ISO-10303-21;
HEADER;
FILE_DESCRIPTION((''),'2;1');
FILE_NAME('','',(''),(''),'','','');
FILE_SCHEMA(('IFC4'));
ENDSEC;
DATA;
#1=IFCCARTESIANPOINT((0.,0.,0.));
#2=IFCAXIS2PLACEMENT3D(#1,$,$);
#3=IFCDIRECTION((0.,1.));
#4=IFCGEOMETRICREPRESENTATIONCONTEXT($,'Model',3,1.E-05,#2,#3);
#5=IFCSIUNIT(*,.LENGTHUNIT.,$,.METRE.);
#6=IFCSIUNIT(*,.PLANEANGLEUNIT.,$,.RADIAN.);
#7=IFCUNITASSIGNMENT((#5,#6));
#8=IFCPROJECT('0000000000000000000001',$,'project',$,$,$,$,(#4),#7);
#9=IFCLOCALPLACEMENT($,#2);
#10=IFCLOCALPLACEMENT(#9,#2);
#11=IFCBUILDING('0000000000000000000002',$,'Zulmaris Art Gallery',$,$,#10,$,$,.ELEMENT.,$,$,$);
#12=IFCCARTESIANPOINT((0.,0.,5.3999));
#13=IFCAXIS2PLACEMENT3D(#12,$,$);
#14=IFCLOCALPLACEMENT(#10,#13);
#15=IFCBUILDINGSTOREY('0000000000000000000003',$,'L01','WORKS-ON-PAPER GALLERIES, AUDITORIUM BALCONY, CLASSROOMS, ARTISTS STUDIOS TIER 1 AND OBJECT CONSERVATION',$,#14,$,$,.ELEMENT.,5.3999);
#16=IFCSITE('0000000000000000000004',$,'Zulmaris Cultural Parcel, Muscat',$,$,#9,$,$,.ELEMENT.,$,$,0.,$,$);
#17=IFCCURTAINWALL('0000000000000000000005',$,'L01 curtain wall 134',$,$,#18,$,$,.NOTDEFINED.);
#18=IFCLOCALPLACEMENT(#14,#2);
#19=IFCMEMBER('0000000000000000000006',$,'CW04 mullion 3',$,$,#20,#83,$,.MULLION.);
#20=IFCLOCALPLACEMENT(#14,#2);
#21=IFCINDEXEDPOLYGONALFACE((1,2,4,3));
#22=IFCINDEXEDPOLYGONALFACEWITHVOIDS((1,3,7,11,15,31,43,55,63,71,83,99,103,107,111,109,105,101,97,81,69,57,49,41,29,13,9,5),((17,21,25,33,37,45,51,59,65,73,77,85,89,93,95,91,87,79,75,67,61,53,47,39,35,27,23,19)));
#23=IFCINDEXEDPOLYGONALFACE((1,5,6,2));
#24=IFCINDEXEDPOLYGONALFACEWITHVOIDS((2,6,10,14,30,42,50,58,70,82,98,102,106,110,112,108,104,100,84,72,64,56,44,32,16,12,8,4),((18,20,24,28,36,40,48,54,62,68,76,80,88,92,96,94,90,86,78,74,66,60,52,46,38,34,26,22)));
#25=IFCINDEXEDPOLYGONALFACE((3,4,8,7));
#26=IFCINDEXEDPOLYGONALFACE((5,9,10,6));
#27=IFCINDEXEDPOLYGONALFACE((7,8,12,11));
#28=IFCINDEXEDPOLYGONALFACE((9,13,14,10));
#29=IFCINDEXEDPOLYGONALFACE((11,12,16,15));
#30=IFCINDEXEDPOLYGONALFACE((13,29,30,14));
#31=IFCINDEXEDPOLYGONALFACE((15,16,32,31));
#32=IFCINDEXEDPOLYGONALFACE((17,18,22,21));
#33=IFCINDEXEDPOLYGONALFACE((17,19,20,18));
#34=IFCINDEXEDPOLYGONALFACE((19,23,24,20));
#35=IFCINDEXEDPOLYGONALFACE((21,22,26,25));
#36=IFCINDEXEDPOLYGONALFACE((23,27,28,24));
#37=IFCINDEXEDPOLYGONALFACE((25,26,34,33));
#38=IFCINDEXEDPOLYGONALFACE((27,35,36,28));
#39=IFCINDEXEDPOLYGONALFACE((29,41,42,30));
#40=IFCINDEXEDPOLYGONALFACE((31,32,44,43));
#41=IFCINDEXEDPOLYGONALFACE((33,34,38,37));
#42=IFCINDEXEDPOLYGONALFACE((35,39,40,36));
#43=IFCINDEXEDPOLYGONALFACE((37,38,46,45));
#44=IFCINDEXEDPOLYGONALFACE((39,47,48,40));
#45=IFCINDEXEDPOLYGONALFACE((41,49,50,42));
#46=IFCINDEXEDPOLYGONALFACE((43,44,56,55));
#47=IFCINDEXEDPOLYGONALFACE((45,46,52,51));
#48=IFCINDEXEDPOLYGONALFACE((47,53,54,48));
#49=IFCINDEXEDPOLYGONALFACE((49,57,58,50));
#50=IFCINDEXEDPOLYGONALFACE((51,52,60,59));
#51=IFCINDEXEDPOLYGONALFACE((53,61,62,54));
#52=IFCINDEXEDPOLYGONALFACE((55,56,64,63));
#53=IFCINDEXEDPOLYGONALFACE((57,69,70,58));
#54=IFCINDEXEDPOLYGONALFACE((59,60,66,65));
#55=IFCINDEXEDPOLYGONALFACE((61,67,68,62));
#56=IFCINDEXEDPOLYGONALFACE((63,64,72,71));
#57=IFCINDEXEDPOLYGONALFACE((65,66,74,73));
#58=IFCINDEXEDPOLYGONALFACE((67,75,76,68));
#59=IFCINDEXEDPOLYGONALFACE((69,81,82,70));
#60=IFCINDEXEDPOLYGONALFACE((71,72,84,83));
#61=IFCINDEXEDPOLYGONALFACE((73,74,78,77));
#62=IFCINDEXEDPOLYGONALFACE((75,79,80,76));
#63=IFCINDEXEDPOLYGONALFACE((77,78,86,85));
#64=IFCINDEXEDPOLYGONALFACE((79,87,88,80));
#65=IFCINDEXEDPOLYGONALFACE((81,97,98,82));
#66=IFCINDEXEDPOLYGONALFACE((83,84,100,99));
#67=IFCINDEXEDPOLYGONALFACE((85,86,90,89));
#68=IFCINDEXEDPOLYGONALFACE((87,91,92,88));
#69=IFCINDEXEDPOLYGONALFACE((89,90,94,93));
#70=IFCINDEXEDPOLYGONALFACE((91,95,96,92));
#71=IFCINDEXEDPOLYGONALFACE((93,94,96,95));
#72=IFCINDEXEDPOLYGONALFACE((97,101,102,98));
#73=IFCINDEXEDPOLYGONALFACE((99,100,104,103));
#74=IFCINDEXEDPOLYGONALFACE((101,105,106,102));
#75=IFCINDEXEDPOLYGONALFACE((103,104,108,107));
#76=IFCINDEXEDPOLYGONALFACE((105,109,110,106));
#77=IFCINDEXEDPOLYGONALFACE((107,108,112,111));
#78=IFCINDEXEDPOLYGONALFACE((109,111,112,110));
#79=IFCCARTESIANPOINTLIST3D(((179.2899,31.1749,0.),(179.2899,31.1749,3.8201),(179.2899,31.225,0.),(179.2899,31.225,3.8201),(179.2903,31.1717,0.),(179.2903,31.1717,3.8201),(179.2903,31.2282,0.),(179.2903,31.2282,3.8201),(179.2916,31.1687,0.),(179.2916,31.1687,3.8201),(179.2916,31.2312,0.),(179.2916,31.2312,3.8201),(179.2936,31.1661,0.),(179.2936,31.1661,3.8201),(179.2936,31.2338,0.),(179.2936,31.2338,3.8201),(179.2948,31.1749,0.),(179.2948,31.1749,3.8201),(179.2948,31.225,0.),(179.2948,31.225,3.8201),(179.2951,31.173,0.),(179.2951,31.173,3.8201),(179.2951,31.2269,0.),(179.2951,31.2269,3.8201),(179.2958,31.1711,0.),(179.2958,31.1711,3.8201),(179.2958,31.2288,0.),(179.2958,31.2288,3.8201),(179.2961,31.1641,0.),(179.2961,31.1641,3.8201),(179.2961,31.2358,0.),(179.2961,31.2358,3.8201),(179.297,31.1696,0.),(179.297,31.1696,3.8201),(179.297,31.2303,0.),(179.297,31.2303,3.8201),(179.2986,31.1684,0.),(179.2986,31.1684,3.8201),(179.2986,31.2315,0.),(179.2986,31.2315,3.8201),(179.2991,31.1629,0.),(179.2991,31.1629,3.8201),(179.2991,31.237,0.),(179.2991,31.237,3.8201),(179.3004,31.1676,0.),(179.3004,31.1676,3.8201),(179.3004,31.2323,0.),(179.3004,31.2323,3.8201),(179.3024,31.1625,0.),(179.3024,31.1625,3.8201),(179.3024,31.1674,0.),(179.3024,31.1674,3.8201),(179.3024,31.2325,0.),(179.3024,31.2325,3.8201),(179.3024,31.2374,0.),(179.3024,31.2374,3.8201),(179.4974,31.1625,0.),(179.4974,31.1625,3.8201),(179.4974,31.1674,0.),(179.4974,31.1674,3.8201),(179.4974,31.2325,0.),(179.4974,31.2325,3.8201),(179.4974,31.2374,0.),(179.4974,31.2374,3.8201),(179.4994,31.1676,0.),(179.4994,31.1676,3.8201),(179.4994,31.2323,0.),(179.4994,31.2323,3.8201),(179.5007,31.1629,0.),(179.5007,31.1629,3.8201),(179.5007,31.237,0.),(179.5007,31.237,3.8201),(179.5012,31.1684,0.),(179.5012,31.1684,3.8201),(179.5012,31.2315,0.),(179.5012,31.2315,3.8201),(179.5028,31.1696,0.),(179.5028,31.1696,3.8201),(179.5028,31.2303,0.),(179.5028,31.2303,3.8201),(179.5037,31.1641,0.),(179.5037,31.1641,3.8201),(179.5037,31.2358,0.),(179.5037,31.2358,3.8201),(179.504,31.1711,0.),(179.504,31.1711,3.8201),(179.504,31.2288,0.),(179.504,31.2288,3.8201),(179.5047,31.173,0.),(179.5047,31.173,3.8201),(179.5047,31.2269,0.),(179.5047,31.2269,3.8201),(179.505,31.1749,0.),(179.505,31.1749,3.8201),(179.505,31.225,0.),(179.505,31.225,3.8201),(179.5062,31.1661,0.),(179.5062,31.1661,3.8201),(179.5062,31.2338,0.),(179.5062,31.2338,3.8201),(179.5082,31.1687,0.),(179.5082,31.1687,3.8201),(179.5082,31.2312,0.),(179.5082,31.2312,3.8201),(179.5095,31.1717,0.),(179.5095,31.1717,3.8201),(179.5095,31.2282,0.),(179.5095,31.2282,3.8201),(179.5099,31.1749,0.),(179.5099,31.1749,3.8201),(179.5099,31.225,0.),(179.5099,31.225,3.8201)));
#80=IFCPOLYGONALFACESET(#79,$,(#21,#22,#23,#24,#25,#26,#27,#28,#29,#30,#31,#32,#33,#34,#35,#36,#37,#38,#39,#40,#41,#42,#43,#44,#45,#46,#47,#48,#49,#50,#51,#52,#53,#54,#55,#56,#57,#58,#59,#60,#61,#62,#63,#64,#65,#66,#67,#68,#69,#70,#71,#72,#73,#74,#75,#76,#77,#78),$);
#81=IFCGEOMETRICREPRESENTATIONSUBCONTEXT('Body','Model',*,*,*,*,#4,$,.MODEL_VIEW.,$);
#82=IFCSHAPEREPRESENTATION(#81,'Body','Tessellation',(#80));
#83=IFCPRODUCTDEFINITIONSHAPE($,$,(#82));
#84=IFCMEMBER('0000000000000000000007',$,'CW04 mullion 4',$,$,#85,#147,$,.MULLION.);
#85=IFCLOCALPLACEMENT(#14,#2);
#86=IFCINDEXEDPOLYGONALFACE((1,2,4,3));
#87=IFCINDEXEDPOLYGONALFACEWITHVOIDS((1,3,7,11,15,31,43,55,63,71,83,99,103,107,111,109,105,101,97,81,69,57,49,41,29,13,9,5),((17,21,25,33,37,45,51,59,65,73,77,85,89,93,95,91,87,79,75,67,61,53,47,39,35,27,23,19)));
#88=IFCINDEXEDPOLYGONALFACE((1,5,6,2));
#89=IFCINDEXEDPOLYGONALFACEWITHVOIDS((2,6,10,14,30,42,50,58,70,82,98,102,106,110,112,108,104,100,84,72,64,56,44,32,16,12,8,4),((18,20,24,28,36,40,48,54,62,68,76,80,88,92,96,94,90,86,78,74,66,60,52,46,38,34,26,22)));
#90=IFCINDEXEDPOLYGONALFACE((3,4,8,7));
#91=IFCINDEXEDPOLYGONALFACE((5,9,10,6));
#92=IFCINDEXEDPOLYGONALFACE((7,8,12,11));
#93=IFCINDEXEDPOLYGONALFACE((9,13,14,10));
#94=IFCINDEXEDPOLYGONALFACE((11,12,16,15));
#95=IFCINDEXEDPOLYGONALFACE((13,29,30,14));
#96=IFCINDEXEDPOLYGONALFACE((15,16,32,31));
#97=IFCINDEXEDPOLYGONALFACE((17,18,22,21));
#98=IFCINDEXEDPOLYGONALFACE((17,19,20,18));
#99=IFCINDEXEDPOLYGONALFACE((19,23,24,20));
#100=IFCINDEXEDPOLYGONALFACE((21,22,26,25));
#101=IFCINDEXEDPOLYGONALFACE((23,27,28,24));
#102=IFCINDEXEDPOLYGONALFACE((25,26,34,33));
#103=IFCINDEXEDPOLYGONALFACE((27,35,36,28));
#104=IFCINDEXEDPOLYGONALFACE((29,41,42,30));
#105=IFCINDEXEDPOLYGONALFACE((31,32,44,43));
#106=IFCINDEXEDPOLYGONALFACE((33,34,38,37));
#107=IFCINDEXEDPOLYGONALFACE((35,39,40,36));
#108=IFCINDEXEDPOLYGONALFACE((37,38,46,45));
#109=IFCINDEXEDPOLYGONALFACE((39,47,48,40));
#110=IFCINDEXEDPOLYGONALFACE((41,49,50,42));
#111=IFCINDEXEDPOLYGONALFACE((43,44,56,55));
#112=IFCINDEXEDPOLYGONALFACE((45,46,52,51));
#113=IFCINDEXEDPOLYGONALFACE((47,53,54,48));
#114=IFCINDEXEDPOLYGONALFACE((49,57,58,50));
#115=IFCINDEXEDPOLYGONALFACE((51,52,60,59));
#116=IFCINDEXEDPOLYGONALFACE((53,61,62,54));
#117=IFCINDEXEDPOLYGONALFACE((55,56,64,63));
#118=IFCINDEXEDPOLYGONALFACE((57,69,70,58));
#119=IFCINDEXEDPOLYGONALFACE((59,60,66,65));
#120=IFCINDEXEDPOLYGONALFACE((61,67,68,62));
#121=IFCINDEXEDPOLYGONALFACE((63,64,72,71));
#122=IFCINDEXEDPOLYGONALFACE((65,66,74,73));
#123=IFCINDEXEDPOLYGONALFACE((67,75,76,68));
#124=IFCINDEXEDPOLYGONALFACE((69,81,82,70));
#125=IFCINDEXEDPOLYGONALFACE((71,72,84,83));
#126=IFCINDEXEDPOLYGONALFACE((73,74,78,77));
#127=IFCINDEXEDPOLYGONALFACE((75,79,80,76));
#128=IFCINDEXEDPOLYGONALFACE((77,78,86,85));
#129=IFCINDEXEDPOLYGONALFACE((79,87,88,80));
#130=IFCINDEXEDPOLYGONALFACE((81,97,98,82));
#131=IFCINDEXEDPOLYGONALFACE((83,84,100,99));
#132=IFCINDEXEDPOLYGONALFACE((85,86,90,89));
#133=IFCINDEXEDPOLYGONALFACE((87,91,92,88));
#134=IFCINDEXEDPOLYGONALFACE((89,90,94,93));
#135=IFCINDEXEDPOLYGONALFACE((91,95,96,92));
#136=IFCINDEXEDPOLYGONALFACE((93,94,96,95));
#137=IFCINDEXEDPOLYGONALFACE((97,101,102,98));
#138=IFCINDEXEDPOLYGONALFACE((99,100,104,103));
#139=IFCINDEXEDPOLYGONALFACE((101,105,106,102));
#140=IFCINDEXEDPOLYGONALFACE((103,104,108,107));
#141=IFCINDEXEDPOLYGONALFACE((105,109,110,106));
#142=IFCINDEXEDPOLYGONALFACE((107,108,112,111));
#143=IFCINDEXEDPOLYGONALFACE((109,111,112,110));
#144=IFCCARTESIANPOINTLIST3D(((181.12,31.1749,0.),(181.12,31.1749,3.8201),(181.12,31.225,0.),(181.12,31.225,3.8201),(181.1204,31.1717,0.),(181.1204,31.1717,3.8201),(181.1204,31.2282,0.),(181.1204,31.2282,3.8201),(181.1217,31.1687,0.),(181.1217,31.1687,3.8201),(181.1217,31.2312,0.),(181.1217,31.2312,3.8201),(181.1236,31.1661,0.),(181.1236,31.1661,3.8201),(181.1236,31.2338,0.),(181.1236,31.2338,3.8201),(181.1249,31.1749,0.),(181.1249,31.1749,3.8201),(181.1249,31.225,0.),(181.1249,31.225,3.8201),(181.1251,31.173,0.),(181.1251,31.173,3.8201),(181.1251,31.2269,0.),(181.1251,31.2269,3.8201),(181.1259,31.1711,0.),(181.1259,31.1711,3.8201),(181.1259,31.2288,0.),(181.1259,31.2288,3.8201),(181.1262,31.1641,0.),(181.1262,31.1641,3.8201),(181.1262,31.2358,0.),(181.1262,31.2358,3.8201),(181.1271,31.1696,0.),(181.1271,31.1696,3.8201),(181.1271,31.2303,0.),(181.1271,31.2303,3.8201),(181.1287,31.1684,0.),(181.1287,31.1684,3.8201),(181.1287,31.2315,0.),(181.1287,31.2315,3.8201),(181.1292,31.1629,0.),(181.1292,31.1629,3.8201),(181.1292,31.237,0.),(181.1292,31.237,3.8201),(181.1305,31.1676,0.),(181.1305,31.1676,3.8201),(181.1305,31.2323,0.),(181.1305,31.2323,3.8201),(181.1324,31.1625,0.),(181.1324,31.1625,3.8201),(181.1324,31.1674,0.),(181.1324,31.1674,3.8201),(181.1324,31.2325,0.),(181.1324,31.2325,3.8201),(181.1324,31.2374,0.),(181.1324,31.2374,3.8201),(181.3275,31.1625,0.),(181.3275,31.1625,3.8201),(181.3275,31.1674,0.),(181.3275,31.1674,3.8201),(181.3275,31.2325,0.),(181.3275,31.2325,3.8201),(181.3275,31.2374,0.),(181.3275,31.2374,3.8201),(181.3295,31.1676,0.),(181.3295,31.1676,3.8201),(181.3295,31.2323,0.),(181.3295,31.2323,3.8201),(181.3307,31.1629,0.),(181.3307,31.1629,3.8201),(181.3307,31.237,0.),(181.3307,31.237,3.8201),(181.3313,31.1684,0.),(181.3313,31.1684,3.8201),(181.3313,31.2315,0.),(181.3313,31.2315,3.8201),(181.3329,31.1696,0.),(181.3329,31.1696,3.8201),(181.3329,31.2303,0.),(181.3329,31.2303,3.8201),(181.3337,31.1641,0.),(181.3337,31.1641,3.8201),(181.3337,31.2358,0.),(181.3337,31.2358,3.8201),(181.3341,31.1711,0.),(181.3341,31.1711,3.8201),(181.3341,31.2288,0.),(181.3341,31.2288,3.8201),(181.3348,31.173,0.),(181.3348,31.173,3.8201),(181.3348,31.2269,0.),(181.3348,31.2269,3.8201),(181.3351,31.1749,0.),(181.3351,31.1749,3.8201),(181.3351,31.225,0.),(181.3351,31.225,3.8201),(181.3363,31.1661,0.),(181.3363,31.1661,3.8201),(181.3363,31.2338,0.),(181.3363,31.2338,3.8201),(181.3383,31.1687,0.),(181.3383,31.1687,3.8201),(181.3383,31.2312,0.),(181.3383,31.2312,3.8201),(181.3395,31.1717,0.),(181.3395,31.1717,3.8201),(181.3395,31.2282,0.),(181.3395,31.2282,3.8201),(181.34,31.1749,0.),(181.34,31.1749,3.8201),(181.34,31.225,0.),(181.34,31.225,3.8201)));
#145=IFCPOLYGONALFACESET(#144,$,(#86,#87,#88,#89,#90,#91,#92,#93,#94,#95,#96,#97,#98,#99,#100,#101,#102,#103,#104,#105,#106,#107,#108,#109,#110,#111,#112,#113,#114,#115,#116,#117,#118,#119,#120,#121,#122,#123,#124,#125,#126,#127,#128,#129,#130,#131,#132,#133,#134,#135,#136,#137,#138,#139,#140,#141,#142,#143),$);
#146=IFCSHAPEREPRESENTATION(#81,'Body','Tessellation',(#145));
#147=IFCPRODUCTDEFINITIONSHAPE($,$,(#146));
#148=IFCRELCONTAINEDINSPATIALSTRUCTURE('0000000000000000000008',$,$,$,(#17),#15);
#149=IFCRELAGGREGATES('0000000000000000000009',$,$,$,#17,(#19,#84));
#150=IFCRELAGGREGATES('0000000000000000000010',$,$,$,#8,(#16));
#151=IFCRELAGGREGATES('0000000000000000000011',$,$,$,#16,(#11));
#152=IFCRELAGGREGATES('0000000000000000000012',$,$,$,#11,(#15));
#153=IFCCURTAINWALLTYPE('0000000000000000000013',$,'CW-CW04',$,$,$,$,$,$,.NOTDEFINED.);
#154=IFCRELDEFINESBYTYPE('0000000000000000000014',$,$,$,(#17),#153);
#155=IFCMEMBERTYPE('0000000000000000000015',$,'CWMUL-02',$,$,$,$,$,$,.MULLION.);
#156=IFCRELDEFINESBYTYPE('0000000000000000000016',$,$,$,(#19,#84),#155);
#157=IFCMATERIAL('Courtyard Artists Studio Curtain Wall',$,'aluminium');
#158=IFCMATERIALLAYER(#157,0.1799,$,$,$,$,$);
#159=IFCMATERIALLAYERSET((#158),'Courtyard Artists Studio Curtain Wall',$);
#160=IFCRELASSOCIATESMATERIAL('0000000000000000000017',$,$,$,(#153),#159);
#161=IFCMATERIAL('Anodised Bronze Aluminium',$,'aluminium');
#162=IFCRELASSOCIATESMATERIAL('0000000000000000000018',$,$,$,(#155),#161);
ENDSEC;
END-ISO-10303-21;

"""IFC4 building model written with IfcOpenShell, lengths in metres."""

from ifc_helpers import new_model, si_unit, direction, frame, origin, origin_2d, place, context, subcontext, project, spatial, hollow_rectangle, extrude, material, layer, layer_set, material_profile, profile_set, type_object, element, aggregate, save


model = new_model("IFC4")

# Units and contexts
model_context = context("Model", 3, precision=1e-05, world=origin(), true_north=direction((0.0, 1.0)))
body_context = subcontext(model_context, "Body", "Model", "MODEL_VIEW")
ifc_project = project(units=[si_unit("LENGTHUNIT", "METRE"), si_unit("PLANEANGLEUNIT", "RADIAN")], contexts=[model_context])

# Site, building, storey
site_placement = place(None, origin())
site = spatial("IfcSite", under=ifc_project, at=site_placement, Name="Zulmaris Cultural Parcel, Muscat", CompositionType="ELEMENT", RefElevation=0.0)
building_placement = place(site_placement, origin())
building = spatial("IfcBuilding", under=site, at=building_placement, Name="Zulmaris Art Gallery", CompositionType="ELEMENT")
storey_placement = place(building_placement, frame((0.0, 0.0, 5.3999)))
storey = spatial("IfcBuildingStorey", under=building, at=storey_placement, Name="L01", Description="WORKS-ON-PAPER GALLERIES, AUDITORIUM BALCONY, CLASSROOMS, ARTISTS STUDIOS TIER 1 AND OBJECT CONSERVATION", CompositionType="ELEMENT", Elevation=5.3999)

# Shared definitions
ifc_material_1 = material(Name="Courtyard Artists Studio Curtain Wall", Category="aluminium")
ifc_layer_1 = layer(ifc_material_1, 0.1799)
ifc_layer_set_1 = layer_set([ifc_layer_1], Name="Courtyard Artists Studio Curtain Wall")
curtain_wall_type = type_object("IfcCurtainWallType", Name="CW-CW04", PredefinedType="NOTDEFINED", material=ifc_layer_set_1)
ifc_material_2 = material(Name="Anodised Bronze Aluminium", Category="aluminium")
ifc_material_profile_1 = material_profile(ifc_material_2, hollow_rectangle(XDim=0.075, YDim=0.22, WallThickness=0.0049, InnerFilletRadius=0.0076, OuterFilletRadius=0.0125, at=origin_2d()), Name="ALU 75x220x5")
ifc_profile_set_1 = profile_set([ifc_material_profile_1], Name="Anodised Bronze Aluminium")
member_type_1 = type_object("IfcMemberType", Name="CWMUL-02", PredefinedType="MULLION", material=ifc_profile_set_1)

# Curtain wall, members
curtain_wall_1_placement = place(storey_placement, origin())
curtain_wall_1 = element("IfcCurtainWall", 1, at=curtain_wall_1_placement, inside=storey, type_object=curtain_wall_type, Name="L01 curtain wall 134", PredefinedType="NOTDEFINED")
member_1_placement = place(storey_placement, frame((179.3999, 31.2, 0.0), z_axis=(0.0, 0.0, 1.0), x_axis=(0.0, 1.0, 0.0)))
member_1 = element("IfcMember", 2, at=member_1_placement, type_object=member_type_1, Name="CW04 mullion 3", PredefinedType="MULLION", context=body_context, shape_type="SweptSolid", body=[
    extrude(hollow_rectangle(XDim=0.075, YDim=0.22, WallThickness=0.0049, InnerFilletRadius=0.0076, OuterFilletRadius=0.0125, at=origin_2d()), origin(), (0.0, 0.0, 1.0), 3.8201),
])
member_2_placement = place(storey_placement, frame((181.23, 31.2, 0.0), z_axis=(0.0, 0.0, 1.0), x_axis=(0.0, 1.0, 0.0)))
member_2 = element("IfcMember", 3, at=member_2_placement, type_object=member_type_1, Name="CW04 mullion 4", PredefinedType="MULLION", context=body_context, shape_type="SweptSolid", body=[
    extrude(hollow_rectangle(XDim=0.075, YDim=0.22, WallThickness=0.0049, InnerFilletRadius=0.0076, OuterFilletRadius=0.0125, at=origin_2d()), origin(), (0.0, 0.0, 1.0), 3.8201),
])

aggregate(curtain_wall_1, [member_1, member_2])

save(model, "model.ifc")
